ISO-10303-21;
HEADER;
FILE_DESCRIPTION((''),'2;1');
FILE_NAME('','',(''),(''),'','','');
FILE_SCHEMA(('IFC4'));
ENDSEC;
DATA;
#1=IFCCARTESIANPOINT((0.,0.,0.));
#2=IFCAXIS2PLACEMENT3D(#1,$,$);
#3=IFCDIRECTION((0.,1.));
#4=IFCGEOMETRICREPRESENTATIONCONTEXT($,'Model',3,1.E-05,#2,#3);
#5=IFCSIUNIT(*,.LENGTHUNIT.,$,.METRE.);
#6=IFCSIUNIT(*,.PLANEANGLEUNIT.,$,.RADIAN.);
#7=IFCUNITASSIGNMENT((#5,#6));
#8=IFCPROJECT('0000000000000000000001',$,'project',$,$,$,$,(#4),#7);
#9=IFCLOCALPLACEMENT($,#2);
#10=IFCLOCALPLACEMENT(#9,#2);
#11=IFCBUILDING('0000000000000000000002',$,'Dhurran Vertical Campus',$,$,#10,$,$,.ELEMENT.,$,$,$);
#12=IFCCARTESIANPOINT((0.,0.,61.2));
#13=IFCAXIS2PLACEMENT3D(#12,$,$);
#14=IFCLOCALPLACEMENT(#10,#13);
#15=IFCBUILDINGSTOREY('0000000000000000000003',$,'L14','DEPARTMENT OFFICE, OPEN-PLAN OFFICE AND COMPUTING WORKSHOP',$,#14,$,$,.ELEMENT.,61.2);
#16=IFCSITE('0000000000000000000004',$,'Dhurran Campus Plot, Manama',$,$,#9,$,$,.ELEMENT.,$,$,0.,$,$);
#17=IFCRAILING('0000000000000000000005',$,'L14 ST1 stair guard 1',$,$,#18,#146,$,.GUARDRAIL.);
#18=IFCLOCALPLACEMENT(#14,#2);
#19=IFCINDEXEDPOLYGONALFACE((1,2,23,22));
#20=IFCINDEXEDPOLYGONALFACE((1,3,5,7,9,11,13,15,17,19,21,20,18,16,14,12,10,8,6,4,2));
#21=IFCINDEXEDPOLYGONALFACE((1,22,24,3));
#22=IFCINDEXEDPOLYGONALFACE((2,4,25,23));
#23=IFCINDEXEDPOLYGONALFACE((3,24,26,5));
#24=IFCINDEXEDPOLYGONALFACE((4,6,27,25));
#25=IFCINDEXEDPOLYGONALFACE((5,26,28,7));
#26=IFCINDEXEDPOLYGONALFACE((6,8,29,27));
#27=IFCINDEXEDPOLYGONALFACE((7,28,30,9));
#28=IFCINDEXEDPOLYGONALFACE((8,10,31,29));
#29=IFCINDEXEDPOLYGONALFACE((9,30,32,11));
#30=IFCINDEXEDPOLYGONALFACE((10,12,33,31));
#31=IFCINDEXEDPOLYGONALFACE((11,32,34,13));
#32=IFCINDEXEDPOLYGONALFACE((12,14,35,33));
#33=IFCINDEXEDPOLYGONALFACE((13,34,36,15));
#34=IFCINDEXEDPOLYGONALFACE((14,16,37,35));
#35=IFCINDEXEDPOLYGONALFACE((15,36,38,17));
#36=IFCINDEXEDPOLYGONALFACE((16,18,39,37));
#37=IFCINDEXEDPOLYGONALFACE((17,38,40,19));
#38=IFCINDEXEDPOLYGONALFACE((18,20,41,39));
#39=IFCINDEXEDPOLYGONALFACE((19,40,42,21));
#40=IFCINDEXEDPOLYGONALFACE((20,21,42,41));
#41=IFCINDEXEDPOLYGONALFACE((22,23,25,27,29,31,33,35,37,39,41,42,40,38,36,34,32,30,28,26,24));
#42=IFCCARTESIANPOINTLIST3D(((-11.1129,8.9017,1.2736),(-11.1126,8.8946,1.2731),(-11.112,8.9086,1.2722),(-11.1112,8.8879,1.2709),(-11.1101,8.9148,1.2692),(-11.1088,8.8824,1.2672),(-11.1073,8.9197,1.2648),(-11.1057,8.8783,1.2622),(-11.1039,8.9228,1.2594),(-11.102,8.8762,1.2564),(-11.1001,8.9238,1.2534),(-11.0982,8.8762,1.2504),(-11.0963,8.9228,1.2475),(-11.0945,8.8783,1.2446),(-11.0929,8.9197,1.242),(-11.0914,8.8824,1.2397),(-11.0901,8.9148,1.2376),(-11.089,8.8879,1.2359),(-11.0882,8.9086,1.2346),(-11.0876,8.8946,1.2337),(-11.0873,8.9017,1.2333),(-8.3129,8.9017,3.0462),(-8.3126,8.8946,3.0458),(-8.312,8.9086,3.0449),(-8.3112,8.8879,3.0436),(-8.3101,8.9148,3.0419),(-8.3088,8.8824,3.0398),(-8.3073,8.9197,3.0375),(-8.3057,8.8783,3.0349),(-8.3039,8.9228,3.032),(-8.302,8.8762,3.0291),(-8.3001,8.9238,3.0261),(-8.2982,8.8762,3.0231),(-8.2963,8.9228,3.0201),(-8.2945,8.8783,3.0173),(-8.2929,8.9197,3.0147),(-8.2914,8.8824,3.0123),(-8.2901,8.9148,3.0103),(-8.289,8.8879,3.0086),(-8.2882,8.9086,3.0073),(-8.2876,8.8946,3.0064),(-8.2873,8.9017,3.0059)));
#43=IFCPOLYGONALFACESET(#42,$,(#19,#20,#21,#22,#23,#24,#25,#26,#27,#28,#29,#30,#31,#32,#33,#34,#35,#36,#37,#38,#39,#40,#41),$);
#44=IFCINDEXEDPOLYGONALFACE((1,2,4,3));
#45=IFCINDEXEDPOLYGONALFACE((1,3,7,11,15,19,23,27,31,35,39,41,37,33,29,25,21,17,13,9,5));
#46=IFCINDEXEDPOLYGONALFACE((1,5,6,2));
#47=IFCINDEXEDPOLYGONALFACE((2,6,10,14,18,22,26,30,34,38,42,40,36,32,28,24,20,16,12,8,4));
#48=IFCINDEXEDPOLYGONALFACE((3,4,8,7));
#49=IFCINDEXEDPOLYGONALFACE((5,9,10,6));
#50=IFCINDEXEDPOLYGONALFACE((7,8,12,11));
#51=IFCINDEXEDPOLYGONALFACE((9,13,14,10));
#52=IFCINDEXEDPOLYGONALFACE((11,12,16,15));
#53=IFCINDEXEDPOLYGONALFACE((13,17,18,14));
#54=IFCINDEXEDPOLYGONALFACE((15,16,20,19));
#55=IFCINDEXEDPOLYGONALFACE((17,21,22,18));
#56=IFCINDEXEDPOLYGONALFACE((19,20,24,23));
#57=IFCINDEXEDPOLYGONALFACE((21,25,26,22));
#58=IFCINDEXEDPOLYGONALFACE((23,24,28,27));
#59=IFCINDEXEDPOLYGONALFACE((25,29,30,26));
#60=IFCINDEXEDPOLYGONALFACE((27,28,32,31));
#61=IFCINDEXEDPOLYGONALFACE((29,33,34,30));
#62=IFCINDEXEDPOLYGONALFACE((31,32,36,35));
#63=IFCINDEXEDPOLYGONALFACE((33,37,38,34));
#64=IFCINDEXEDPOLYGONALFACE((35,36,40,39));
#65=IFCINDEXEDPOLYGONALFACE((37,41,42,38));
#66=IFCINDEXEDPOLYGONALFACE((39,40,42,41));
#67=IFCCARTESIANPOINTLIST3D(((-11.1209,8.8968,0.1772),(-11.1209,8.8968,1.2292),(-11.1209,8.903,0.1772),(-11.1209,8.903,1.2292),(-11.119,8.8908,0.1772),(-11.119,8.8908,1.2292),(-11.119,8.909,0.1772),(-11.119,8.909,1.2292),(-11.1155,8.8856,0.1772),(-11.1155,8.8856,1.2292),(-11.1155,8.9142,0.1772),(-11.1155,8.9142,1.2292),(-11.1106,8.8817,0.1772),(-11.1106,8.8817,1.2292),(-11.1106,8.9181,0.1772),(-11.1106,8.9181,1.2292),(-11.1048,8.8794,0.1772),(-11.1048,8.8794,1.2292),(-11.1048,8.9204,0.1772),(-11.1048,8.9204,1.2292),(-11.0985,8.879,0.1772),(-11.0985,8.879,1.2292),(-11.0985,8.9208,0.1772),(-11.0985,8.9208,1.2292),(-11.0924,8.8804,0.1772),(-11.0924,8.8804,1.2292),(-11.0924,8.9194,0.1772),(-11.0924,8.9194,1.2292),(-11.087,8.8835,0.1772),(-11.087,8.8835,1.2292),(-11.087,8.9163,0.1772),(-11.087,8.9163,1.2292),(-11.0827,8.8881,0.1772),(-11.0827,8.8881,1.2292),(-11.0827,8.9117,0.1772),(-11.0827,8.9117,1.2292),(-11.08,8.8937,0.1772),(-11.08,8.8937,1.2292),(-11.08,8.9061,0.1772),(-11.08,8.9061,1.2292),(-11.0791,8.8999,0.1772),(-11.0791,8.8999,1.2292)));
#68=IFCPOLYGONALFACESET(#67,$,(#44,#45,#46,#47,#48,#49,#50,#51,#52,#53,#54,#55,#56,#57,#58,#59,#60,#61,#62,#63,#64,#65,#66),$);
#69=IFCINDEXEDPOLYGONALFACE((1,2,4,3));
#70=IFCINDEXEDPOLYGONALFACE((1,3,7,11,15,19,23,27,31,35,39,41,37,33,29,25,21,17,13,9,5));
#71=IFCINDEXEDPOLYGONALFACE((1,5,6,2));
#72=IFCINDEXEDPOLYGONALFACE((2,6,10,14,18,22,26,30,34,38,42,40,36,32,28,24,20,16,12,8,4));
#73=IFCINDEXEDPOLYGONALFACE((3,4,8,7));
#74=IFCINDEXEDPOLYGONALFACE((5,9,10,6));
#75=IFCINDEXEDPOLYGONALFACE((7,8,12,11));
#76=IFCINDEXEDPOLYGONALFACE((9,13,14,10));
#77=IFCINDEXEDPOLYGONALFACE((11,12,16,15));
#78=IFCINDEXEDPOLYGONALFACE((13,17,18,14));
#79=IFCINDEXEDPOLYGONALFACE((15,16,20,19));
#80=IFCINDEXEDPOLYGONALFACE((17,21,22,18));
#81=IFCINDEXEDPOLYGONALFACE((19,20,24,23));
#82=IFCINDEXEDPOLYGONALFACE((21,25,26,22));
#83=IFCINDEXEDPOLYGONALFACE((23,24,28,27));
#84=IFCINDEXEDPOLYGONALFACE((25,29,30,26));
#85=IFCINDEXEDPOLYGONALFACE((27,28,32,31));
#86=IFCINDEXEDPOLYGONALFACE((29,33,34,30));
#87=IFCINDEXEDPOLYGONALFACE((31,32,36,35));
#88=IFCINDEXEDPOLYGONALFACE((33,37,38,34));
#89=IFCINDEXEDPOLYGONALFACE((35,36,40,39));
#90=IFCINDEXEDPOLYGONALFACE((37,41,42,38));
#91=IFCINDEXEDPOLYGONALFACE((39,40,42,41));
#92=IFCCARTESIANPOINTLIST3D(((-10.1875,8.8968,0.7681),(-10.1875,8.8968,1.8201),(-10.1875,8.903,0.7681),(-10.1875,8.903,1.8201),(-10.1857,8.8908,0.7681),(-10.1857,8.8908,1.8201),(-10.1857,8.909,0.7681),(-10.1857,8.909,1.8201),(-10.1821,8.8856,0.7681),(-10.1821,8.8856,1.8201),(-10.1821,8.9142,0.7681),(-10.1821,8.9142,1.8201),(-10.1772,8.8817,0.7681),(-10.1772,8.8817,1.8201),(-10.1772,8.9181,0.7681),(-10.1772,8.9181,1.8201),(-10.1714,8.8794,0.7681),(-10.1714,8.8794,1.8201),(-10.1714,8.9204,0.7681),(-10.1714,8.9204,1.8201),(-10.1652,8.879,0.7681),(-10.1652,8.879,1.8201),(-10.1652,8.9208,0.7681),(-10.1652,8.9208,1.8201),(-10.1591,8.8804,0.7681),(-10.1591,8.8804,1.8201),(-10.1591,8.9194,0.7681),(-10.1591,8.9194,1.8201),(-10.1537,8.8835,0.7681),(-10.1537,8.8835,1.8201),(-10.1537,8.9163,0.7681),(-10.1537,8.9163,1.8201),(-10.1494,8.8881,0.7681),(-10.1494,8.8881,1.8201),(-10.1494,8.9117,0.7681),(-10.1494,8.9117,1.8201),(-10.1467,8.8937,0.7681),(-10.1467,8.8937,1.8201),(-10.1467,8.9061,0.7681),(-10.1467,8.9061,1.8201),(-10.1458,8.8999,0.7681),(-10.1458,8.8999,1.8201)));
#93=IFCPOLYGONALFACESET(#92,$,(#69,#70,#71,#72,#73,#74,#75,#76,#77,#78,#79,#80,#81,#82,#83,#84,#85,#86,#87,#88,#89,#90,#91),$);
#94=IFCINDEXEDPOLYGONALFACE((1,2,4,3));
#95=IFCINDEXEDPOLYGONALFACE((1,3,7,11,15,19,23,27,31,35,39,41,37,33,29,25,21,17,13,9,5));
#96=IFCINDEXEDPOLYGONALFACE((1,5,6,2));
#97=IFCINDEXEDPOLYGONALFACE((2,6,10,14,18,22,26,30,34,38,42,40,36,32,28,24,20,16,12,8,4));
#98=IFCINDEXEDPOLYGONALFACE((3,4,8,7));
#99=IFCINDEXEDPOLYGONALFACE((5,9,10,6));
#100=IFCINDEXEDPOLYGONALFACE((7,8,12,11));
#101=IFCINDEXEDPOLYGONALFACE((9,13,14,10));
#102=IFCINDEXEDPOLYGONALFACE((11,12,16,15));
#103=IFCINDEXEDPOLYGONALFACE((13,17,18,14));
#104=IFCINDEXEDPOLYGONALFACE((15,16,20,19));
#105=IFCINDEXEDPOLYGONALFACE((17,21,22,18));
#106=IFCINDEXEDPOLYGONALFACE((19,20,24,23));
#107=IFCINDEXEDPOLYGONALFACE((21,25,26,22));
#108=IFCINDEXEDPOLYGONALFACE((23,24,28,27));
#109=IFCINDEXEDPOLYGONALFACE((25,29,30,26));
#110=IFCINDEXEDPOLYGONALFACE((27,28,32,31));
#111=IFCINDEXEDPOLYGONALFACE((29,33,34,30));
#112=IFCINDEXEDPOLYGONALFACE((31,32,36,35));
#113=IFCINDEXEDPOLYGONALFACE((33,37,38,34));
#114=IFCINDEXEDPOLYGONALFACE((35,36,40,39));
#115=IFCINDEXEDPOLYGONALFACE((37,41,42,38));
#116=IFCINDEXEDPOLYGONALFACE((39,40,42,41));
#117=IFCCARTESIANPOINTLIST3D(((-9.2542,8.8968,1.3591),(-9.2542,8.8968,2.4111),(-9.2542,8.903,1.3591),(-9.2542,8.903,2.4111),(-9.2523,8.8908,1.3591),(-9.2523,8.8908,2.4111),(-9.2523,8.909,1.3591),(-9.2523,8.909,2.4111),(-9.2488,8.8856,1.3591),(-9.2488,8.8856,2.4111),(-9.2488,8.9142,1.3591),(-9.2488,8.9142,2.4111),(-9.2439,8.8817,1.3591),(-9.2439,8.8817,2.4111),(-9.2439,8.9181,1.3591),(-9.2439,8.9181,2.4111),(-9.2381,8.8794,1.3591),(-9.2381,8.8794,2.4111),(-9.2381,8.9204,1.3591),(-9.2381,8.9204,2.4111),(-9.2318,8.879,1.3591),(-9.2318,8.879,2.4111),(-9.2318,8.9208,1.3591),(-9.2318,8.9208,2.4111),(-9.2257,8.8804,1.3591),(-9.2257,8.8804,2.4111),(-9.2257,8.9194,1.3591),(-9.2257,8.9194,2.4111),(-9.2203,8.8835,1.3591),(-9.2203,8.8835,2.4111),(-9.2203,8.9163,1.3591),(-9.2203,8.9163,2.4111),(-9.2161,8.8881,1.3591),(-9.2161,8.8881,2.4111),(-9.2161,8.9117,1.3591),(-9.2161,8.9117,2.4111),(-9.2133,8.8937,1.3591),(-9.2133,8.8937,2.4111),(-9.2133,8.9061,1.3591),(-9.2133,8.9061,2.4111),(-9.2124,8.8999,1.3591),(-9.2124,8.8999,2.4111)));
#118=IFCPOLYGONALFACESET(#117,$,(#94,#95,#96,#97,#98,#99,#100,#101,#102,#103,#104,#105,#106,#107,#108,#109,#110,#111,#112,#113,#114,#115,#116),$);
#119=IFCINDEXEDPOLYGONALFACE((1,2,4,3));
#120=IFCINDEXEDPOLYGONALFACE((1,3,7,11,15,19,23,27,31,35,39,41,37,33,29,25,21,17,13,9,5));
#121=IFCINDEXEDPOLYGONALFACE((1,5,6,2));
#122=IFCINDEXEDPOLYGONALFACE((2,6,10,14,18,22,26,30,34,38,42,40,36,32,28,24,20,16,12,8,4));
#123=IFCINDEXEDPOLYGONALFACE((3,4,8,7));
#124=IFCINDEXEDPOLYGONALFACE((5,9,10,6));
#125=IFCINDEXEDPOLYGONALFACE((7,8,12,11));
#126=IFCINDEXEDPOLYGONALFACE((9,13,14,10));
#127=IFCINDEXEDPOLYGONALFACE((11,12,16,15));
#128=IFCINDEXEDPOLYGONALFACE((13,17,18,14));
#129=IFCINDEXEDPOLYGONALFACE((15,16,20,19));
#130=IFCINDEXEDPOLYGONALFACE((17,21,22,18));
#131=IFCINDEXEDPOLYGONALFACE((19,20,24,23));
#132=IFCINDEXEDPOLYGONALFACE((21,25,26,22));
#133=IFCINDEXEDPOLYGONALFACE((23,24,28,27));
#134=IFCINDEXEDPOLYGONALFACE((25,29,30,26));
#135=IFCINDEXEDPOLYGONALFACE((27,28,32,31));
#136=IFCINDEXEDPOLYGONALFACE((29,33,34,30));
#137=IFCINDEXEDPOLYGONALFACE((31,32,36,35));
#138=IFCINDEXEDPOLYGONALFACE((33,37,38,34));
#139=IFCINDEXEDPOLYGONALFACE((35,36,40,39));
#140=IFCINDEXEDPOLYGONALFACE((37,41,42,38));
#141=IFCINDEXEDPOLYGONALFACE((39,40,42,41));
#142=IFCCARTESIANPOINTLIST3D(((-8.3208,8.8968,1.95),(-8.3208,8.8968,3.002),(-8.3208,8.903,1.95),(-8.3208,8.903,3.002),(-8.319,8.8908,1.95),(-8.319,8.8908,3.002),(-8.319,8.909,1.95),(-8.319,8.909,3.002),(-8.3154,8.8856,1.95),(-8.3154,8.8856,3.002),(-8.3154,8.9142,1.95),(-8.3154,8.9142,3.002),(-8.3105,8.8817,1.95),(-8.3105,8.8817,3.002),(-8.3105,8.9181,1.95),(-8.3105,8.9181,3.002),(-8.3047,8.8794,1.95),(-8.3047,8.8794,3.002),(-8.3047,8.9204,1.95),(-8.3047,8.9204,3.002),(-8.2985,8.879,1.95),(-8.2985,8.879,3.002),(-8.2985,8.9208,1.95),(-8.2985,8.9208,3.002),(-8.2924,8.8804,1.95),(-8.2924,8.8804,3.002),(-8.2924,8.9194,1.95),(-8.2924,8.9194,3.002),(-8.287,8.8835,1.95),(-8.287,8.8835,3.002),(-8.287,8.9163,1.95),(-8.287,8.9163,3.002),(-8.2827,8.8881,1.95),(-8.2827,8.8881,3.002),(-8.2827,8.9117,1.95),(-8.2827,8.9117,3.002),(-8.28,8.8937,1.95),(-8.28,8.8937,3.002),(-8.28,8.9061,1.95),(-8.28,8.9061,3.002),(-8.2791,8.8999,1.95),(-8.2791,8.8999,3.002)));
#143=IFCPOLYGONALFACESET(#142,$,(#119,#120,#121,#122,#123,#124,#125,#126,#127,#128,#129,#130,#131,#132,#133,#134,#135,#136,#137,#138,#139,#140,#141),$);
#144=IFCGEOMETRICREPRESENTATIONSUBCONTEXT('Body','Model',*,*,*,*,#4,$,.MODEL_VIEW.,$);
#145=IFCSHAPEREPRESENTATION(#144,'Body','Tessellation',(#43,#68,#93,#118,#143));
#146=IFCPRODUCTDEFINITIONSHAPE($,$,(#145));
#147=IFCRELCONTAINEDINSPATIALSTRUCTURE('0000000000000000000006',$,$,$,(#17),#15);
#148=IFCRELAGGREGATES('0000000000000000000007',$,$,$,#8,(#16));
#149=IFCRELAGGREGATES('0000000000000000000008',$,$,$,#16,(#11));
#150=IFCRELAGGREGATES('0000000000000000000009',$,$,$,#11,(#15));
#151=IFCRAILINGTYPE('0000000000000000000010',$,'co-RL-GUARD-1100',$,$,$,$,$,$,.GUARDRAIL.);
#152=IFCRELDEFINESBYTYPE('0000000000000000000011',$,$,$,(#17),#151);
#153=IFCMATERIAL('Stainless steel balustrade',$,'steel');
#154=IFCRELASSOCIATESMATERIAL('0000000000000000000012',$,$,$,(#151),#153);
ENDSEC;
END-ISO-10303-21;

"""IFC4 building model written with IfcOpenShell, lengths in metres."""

from ifc_helpers import new_model, si_unit, direction, frame, origin, origin_2d, place, context, subcontext, project, spatial, circle, extrude, material, type_object, element, save


model = new_model("IFC4")

# Units and contexts
model_context = context("Model", 3, precision=1e-05, world=origin(), true_north=direction((0.0, 1.0)))
body_context = subcontext(model_context, "Body", "Model", "MODEL_VIEW")
ifc_project = project(units=[si_unit("LENGTHUNIT", "METRE"), si_unit("PLANEANGLEUNIT", "RADIAN")], contexts=[model_context])

# Site, building, storey
site_placement = place(None, origin())
site = spatial("IfcSite", under=ifc_project, at=site_placement, Name="Dhurran Campus Plot, Manama", CompositionType="ELEMENT", RefElevation=0.0)
building_placement = place(site_placement, origin())
building = spatial("IfcBuilding", under=site, at=building_placement, Name="Dhurran Vertical Campus", CompositionType="ELEMENT")
storey_placement = place(building_placement, frame((0.0, 0.0, 61.2)))
storey = spatial("IfcBuildingStorey", under=building, at=storey_placement, Name="L14", Description="DEPARTMENT OFFICE, OPEN-PLAN OFFICE AND COMPUTING WORKSHOP", CompositionType="ELEMENT", Elevation=61.2)

# Railing
ifc_material_1 = material(Name="Stainless steel balustrade", Category="steel")
railing_type_1 = type_object("IfcRailingType", Name="co-RL-GUARD-1100", PredefinedType="GUARDRAIL", material=ifc_material_1)
railing_1_placement = place(storey_placement, frame((-11.1001, 8.8999, 0.1772)))
element("IfcRailing", 1, at=railing_1_placement, inside=storey, type_object=railing_type_1, Name="L14 ST1 stair guard 1", PredefinedType="GUARDRAIL", context=body_context, shape_type="SweptSolid", body=[
    extrude(circle(Radius=0.0239, at=origin_2d()), frame((0.0, 0.0, 1.0762), z_axis=(0.844909, 0.0, 0.53491), x_axis=(0.0, 1.0, 0.0)), (0.0, 0.0, 1.0), 3.314),
    extrude(circle(Radius=0.021, at=origin_2d()), origin(), (0.0, 0.0, 1.0), 1.052),
    extrude(circle(Radius=0.021, at=origin_2d()), frame((0.9333, 0.0, 0.5908)), (0.0, 0.0, 1.0), 1.052),
    extrude(circle(Radius=0.021, at=origin_2d()), frame((1.8667, 0.0, 1.1819)), (0.0, 0.0, 1.0), 1.052),
    extrude(circle(Radius=0.021, at=origin_2d()), frame((2.8, 0.0, 1.7727)), (0.0, 0.0, 1.0), 1.052),
])

save(model, "model.ifc")
